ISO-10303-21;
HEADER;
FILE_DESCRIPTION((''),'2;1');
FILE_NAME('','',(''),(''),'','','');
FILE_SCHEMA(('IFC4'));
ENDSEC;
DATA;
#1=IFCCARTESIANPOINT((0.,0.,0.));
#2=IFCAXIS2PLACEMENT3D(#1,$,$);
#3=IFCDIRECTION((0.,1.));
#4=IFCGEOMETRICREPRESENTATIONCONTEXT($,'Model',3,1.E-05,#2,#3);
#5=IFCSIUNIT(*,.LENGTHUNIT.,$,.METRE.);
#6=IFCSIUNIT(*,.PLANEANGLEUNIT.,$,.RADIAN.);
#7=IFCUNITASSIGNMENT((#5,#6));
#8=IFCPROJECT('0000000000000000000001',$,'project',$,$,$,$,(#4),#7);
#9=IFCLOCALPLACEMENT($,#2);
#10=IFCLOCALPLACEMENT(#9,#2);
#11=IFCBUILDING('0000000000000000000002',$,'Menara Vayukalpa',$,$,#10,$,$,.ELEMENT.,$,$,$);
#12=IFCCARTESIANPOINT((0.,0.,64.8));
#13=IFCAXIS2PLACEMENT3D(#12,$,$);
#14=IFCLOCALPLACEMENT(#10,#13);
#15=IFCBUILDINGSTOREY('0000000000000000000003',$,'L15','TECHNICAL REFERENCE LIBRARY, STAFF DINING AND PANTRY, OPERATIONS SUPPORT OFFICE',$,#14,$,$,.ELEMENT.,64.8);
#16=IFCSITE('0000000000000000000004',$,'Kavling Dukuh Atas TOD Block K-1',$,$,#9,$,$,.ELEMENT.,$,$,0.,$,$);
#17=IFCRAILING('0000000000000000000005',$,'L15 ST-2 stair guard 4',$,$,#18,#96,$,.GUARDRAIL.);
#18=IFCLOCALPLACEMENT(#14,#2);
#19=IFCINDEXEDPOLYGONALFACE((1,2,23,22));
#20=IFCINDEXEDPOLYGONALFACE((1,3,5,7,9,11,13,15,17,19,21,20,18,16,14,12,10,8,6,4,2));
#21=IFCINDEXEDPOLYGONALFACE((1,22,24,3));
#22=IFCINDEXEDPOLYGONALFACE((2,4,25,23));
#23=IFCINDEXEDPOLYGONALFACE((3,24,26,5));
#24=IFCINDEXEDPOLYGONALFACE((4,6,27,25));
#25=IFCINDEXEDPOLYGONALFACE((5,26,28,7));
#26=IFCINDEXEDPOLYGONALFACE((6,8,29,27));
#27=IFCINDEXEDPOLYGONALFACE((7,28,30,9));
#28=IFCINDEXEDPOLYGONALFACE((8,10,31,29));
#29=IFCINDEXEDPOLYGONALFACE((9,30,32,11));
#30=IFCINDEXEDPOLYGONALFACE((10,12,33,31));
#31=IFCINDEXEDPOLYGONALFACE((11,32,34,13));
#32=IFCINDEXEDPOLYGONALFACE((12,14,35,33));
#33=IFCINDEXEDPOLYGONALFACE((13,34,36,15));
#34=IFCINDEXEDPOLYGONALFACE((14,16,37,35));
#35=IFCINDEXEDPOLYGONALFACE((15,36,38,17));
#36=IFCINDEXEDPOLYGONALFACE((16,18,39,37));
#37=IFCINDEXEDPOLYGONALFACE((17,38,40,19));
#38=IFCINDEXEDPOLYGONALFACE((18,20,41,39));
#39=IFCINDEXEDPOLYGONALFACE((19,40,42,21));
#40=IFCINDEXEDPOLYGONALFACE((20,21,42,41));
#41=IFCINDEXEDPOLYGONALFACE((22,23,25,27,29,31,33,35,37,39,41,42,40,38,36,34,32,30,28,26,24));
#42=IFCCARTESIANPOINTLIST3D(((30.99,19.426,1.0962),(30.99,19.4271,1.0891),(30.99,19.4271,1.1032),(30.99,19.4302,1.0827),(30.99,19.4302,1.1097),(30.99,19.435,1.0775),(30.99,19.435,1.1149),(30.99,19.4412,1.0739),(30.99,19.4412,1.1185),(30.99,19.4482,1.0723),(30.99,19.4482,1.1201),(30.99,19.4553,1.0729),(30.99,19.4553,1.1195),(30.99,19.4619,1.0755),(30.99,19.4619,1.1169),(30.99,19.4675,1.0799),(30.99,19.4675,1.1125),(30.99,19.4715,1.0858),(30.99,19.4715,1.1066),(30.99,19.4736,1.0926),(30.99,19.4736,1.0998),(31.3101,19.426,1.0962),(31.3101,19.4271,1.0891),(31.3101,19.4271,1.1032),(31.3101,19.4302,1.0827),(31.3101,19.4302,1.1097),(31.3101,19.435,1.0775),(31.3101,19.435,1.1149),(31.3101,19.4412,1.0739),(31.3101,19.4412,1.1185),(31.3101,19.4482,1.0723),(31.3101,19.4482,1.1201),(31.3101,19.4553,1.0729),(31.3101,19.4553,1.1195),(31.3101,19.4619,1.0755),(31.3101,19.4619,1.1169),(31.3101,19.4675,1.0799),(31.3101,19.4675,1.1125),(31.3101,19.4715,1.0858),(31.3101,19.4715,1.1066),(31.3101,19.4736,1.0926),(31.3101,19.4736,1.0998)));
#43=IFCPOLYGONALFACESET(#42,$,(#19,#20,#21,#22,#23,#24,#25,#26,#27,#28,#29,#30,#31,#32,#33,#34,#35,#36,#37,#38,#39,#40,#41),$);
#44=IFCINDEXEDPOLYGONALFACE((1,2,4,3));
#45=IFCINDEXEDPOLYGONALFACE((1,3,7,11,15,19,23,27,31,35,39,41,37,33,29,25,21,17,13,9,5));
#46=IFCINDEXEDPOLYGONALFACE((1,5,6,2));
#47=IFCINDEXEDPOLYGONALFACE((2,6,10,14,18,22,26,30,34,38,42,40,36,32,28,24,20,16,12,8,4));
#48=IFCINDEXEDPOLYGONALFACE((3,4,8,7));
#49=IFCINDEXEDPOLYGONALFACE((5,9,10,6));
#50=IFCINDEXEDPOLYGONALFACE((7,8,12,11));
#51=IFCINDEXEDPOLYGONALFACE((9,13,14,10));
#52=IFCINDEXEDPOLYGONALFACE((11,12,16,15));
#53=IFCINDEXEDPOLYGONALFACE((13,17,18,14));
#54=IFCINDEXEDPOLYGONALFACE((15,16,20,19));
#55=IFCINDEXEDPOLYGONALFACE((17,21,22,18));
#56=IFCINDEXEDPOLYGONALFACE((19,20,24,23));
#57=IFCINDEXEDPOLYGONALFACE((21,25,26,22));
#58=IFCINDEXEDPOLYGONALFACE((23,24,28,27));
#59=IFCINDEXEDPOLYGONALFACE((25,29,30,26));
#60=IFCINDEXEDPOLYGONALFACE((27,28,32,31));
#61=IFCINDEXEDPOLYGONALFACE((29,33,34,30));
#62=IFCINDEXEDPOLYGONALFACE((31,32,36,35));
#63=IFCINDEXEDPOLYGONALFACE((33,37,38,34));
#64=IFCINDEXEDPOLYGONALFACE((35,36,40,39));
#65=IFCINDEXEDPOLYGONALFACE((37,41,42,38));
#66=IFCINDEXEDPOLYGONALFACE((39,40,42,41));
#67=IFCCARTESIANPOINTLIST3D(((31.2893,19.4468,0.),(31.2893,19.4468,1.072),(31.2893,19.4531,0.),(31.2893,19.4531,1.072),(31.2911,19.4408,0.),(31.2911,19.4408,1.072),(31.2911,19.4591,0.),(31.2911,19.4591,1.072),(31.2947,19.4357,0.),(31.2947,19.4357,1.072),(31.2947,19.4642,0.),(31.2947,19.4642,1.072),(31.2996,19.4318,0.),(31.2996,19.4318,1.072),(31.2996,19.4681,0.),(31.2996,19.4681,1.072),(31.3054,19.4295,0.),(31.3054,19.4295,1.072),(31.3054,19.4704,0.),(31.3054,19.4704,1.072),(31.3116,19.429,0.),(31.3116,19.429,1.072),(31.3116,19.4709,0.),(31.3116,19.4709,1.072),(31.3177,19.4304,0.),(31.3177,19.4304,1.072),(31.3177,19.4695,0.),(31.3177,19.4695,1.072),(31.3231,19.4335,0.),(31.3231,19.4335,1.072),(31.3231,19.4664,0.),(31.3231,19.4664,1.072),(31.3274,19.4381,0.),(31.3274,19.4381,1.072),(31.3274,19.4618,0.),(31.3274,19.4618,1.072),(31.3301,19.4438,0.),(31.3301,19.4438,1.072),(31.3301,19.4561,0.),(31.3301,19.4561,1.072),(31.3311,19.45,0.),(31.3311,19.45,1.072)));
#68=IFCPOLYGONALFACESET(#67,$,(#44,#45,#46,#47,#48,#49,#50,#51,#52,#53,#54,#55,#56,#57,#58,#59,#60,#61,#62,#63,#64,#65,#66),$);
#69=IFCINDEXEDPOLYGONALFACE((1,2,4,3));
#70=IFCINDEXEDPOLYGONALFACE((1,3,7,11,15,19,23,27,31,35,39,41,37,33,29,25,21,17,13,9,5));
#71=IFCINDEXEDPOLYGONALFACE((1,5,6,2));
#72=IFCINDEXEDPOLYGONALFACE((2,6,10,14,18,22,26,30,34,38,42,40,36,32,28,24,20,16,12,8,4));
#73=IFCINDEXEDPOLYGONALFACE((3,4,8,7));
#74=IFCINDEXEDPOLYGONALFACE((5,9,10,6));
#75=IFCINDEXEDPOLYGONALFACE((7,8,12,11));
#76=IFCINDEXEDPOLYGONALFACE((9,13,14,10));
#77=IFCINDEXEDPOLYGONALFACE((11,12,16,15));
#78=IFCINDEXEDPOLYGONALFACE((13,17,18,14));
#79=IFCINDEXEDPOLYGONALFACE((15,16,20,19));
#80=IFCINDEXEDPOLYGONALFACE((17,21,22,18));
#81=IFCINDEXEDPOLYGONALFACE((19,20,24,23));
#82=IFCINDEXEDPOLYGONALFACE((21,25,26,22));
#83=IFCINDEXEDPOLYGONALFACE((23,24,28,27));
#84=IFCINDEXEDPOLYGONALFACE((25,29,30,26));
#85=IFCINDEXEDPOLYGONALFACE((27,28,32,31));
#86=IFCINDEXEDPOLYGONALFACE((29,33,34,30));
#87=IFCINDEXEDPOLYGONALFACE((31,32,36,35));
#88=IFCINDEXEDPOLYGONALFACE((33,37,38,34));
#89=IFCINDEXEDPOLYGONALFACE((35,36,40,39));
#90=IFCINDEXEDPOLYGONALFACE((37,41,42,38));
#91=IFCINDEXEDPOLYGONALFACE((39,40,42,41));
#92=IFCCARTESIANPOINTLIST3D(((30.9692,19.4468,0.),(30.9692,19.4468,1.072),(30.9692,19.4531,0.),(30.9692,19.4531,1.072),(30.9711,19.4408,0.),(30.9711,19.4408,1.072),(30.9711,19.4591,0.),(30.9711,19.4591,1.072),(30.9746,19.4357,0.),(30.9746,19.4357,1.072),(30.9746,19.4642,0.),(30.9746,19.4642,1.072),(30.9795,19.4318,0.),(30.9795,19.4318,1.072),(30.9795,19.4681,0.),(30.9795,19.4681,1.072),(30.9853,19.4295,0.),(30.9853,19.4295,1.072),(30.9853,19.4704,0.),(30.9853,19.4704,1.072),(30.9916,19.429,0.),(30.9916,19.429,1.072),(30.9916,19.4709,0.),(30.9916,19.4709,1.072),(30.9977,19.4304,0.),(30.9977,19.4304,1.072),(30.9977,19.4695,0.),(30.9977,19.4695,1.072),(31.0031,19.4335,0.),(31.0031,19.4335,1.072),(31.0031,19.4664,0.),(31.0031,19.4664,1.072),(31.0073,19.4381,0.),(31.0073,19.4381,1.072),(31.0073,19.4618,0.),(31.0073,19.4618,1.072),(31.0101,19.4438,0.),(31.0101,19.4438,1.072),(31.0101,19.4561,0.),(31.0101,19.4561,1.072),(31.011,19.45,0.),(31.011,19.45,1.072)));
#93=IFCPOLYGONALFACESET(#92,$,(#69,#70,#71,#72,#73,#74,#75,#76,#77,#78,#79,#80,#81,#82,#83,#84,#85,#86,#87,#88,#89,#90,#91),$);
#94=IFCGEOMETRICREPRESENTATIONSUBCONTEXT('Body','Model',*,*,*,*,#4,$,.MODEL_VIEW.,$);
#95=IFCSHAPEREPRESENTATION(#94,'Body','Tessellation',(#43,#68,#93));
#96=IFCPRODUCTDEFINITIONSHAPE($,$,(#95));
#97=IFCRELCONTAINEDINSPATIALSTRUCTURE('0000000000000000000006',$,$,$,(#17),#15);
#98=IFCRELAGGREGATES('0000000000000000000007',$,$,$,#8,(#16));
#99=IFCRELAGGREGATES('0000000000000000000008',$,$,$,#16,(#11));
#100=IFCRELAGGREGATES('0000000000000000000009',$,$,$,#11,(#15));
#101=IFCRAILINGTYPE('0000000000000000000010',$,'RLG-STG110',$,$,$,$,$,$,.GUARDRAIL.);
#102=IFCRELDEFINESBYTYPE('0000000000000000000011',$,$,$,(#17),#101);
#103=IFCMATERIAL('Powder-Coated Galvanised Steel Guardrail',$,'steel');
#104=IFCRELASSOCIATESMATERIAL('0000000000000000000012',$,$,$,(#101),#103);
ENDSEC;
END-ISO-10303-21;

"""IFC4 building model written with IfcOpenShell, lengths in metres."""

from ifc_helpers import new_model, si_unit, direction, frame, origin, origin_2d, place, context, subcontext, project, spatial, circle, extrude, material, type_object, element, save


model = new_model("IFC4")

# Units and contexts
model_context = context("Model", 3, precision=1e-05, world=origin(), true_north=direction((0.0, 1.0)))
body_context = subcontext(model_context, "Body", "Model", "MODEL_VIEW")
ifc_project = project(units=[si_unit("LENGTHUNIT", "METRE"), si_unit("PLANEANGLEUNIT", "RADIAN")], contexts=[model_context])

# Site, building, storey
site_placement = place(None, origin())
site = spatial("IfcSite", under=ifc_project, at=site_placement, Name="Kavling Dukuh Atas TOD Block K-1", CompositionType="ELEMENT", RefElevation=0.0)
building_placement = place(site_placement, origin())
building = spatial("IfcBuilding", under=site, at=building_placement, Name="Menara Vayukalpa", CompositionType="ELEMENT")
storey_placement = place(building_placement, frame((0.0, 0.0, 64.8)))
storey = spatial("IfcBuildingStorey", under=building, at=storey_placement, Name="L15", Description="TECHNICAL REFERENCE LIBRARY, STAFF DINING AND PANTRY, OPERATIONS SUPPORT OFFICE", CompositionType="ELEMENT", Elevation=64.8)

# Railing
ifc_material_1 = material(Name="Powder-Coated Galvanised Steel Guardrail", Category="steel")
railing_type_1 = type_object("IfcRailingType", Name="RLG-STG110", PredefinedType="GUARDRAIL", material=ifc_material_1)
railing_1_placement = place(storey_placement, frame((31.3101, 19.45, 0.0)))
element("IfcRailing", 1, at=railing_1_placement, inside=storey, type_object=railing_type_1, Name="L15 ST-2 stair guard 4", PredefinedType="GUARDRAIL", context=body_context, shape_type="SweptSolid", body=[
    extrude(circle(Radius=0.0239, at=origin_2d()), frame((0.0, 0.0, 1.0962), z_axis=(-1.0, 0.0, 0.0), x_axis=(0.0, -1.0, 0.0)), (0.0, 0.0, 1.0), 0.3201),
    extrude(circle(Radius=0.021, at=origin_2d()), origin(), (0.0, 0.0, 1.0), 1.072),
    extrude(circle(Radius=0.021, at=origin_2d()), frame((-0.3201, 0.0, 0.0)), (0.0, 0.0, 1.0), 1.072),
])

save(model, "model.ifc")
